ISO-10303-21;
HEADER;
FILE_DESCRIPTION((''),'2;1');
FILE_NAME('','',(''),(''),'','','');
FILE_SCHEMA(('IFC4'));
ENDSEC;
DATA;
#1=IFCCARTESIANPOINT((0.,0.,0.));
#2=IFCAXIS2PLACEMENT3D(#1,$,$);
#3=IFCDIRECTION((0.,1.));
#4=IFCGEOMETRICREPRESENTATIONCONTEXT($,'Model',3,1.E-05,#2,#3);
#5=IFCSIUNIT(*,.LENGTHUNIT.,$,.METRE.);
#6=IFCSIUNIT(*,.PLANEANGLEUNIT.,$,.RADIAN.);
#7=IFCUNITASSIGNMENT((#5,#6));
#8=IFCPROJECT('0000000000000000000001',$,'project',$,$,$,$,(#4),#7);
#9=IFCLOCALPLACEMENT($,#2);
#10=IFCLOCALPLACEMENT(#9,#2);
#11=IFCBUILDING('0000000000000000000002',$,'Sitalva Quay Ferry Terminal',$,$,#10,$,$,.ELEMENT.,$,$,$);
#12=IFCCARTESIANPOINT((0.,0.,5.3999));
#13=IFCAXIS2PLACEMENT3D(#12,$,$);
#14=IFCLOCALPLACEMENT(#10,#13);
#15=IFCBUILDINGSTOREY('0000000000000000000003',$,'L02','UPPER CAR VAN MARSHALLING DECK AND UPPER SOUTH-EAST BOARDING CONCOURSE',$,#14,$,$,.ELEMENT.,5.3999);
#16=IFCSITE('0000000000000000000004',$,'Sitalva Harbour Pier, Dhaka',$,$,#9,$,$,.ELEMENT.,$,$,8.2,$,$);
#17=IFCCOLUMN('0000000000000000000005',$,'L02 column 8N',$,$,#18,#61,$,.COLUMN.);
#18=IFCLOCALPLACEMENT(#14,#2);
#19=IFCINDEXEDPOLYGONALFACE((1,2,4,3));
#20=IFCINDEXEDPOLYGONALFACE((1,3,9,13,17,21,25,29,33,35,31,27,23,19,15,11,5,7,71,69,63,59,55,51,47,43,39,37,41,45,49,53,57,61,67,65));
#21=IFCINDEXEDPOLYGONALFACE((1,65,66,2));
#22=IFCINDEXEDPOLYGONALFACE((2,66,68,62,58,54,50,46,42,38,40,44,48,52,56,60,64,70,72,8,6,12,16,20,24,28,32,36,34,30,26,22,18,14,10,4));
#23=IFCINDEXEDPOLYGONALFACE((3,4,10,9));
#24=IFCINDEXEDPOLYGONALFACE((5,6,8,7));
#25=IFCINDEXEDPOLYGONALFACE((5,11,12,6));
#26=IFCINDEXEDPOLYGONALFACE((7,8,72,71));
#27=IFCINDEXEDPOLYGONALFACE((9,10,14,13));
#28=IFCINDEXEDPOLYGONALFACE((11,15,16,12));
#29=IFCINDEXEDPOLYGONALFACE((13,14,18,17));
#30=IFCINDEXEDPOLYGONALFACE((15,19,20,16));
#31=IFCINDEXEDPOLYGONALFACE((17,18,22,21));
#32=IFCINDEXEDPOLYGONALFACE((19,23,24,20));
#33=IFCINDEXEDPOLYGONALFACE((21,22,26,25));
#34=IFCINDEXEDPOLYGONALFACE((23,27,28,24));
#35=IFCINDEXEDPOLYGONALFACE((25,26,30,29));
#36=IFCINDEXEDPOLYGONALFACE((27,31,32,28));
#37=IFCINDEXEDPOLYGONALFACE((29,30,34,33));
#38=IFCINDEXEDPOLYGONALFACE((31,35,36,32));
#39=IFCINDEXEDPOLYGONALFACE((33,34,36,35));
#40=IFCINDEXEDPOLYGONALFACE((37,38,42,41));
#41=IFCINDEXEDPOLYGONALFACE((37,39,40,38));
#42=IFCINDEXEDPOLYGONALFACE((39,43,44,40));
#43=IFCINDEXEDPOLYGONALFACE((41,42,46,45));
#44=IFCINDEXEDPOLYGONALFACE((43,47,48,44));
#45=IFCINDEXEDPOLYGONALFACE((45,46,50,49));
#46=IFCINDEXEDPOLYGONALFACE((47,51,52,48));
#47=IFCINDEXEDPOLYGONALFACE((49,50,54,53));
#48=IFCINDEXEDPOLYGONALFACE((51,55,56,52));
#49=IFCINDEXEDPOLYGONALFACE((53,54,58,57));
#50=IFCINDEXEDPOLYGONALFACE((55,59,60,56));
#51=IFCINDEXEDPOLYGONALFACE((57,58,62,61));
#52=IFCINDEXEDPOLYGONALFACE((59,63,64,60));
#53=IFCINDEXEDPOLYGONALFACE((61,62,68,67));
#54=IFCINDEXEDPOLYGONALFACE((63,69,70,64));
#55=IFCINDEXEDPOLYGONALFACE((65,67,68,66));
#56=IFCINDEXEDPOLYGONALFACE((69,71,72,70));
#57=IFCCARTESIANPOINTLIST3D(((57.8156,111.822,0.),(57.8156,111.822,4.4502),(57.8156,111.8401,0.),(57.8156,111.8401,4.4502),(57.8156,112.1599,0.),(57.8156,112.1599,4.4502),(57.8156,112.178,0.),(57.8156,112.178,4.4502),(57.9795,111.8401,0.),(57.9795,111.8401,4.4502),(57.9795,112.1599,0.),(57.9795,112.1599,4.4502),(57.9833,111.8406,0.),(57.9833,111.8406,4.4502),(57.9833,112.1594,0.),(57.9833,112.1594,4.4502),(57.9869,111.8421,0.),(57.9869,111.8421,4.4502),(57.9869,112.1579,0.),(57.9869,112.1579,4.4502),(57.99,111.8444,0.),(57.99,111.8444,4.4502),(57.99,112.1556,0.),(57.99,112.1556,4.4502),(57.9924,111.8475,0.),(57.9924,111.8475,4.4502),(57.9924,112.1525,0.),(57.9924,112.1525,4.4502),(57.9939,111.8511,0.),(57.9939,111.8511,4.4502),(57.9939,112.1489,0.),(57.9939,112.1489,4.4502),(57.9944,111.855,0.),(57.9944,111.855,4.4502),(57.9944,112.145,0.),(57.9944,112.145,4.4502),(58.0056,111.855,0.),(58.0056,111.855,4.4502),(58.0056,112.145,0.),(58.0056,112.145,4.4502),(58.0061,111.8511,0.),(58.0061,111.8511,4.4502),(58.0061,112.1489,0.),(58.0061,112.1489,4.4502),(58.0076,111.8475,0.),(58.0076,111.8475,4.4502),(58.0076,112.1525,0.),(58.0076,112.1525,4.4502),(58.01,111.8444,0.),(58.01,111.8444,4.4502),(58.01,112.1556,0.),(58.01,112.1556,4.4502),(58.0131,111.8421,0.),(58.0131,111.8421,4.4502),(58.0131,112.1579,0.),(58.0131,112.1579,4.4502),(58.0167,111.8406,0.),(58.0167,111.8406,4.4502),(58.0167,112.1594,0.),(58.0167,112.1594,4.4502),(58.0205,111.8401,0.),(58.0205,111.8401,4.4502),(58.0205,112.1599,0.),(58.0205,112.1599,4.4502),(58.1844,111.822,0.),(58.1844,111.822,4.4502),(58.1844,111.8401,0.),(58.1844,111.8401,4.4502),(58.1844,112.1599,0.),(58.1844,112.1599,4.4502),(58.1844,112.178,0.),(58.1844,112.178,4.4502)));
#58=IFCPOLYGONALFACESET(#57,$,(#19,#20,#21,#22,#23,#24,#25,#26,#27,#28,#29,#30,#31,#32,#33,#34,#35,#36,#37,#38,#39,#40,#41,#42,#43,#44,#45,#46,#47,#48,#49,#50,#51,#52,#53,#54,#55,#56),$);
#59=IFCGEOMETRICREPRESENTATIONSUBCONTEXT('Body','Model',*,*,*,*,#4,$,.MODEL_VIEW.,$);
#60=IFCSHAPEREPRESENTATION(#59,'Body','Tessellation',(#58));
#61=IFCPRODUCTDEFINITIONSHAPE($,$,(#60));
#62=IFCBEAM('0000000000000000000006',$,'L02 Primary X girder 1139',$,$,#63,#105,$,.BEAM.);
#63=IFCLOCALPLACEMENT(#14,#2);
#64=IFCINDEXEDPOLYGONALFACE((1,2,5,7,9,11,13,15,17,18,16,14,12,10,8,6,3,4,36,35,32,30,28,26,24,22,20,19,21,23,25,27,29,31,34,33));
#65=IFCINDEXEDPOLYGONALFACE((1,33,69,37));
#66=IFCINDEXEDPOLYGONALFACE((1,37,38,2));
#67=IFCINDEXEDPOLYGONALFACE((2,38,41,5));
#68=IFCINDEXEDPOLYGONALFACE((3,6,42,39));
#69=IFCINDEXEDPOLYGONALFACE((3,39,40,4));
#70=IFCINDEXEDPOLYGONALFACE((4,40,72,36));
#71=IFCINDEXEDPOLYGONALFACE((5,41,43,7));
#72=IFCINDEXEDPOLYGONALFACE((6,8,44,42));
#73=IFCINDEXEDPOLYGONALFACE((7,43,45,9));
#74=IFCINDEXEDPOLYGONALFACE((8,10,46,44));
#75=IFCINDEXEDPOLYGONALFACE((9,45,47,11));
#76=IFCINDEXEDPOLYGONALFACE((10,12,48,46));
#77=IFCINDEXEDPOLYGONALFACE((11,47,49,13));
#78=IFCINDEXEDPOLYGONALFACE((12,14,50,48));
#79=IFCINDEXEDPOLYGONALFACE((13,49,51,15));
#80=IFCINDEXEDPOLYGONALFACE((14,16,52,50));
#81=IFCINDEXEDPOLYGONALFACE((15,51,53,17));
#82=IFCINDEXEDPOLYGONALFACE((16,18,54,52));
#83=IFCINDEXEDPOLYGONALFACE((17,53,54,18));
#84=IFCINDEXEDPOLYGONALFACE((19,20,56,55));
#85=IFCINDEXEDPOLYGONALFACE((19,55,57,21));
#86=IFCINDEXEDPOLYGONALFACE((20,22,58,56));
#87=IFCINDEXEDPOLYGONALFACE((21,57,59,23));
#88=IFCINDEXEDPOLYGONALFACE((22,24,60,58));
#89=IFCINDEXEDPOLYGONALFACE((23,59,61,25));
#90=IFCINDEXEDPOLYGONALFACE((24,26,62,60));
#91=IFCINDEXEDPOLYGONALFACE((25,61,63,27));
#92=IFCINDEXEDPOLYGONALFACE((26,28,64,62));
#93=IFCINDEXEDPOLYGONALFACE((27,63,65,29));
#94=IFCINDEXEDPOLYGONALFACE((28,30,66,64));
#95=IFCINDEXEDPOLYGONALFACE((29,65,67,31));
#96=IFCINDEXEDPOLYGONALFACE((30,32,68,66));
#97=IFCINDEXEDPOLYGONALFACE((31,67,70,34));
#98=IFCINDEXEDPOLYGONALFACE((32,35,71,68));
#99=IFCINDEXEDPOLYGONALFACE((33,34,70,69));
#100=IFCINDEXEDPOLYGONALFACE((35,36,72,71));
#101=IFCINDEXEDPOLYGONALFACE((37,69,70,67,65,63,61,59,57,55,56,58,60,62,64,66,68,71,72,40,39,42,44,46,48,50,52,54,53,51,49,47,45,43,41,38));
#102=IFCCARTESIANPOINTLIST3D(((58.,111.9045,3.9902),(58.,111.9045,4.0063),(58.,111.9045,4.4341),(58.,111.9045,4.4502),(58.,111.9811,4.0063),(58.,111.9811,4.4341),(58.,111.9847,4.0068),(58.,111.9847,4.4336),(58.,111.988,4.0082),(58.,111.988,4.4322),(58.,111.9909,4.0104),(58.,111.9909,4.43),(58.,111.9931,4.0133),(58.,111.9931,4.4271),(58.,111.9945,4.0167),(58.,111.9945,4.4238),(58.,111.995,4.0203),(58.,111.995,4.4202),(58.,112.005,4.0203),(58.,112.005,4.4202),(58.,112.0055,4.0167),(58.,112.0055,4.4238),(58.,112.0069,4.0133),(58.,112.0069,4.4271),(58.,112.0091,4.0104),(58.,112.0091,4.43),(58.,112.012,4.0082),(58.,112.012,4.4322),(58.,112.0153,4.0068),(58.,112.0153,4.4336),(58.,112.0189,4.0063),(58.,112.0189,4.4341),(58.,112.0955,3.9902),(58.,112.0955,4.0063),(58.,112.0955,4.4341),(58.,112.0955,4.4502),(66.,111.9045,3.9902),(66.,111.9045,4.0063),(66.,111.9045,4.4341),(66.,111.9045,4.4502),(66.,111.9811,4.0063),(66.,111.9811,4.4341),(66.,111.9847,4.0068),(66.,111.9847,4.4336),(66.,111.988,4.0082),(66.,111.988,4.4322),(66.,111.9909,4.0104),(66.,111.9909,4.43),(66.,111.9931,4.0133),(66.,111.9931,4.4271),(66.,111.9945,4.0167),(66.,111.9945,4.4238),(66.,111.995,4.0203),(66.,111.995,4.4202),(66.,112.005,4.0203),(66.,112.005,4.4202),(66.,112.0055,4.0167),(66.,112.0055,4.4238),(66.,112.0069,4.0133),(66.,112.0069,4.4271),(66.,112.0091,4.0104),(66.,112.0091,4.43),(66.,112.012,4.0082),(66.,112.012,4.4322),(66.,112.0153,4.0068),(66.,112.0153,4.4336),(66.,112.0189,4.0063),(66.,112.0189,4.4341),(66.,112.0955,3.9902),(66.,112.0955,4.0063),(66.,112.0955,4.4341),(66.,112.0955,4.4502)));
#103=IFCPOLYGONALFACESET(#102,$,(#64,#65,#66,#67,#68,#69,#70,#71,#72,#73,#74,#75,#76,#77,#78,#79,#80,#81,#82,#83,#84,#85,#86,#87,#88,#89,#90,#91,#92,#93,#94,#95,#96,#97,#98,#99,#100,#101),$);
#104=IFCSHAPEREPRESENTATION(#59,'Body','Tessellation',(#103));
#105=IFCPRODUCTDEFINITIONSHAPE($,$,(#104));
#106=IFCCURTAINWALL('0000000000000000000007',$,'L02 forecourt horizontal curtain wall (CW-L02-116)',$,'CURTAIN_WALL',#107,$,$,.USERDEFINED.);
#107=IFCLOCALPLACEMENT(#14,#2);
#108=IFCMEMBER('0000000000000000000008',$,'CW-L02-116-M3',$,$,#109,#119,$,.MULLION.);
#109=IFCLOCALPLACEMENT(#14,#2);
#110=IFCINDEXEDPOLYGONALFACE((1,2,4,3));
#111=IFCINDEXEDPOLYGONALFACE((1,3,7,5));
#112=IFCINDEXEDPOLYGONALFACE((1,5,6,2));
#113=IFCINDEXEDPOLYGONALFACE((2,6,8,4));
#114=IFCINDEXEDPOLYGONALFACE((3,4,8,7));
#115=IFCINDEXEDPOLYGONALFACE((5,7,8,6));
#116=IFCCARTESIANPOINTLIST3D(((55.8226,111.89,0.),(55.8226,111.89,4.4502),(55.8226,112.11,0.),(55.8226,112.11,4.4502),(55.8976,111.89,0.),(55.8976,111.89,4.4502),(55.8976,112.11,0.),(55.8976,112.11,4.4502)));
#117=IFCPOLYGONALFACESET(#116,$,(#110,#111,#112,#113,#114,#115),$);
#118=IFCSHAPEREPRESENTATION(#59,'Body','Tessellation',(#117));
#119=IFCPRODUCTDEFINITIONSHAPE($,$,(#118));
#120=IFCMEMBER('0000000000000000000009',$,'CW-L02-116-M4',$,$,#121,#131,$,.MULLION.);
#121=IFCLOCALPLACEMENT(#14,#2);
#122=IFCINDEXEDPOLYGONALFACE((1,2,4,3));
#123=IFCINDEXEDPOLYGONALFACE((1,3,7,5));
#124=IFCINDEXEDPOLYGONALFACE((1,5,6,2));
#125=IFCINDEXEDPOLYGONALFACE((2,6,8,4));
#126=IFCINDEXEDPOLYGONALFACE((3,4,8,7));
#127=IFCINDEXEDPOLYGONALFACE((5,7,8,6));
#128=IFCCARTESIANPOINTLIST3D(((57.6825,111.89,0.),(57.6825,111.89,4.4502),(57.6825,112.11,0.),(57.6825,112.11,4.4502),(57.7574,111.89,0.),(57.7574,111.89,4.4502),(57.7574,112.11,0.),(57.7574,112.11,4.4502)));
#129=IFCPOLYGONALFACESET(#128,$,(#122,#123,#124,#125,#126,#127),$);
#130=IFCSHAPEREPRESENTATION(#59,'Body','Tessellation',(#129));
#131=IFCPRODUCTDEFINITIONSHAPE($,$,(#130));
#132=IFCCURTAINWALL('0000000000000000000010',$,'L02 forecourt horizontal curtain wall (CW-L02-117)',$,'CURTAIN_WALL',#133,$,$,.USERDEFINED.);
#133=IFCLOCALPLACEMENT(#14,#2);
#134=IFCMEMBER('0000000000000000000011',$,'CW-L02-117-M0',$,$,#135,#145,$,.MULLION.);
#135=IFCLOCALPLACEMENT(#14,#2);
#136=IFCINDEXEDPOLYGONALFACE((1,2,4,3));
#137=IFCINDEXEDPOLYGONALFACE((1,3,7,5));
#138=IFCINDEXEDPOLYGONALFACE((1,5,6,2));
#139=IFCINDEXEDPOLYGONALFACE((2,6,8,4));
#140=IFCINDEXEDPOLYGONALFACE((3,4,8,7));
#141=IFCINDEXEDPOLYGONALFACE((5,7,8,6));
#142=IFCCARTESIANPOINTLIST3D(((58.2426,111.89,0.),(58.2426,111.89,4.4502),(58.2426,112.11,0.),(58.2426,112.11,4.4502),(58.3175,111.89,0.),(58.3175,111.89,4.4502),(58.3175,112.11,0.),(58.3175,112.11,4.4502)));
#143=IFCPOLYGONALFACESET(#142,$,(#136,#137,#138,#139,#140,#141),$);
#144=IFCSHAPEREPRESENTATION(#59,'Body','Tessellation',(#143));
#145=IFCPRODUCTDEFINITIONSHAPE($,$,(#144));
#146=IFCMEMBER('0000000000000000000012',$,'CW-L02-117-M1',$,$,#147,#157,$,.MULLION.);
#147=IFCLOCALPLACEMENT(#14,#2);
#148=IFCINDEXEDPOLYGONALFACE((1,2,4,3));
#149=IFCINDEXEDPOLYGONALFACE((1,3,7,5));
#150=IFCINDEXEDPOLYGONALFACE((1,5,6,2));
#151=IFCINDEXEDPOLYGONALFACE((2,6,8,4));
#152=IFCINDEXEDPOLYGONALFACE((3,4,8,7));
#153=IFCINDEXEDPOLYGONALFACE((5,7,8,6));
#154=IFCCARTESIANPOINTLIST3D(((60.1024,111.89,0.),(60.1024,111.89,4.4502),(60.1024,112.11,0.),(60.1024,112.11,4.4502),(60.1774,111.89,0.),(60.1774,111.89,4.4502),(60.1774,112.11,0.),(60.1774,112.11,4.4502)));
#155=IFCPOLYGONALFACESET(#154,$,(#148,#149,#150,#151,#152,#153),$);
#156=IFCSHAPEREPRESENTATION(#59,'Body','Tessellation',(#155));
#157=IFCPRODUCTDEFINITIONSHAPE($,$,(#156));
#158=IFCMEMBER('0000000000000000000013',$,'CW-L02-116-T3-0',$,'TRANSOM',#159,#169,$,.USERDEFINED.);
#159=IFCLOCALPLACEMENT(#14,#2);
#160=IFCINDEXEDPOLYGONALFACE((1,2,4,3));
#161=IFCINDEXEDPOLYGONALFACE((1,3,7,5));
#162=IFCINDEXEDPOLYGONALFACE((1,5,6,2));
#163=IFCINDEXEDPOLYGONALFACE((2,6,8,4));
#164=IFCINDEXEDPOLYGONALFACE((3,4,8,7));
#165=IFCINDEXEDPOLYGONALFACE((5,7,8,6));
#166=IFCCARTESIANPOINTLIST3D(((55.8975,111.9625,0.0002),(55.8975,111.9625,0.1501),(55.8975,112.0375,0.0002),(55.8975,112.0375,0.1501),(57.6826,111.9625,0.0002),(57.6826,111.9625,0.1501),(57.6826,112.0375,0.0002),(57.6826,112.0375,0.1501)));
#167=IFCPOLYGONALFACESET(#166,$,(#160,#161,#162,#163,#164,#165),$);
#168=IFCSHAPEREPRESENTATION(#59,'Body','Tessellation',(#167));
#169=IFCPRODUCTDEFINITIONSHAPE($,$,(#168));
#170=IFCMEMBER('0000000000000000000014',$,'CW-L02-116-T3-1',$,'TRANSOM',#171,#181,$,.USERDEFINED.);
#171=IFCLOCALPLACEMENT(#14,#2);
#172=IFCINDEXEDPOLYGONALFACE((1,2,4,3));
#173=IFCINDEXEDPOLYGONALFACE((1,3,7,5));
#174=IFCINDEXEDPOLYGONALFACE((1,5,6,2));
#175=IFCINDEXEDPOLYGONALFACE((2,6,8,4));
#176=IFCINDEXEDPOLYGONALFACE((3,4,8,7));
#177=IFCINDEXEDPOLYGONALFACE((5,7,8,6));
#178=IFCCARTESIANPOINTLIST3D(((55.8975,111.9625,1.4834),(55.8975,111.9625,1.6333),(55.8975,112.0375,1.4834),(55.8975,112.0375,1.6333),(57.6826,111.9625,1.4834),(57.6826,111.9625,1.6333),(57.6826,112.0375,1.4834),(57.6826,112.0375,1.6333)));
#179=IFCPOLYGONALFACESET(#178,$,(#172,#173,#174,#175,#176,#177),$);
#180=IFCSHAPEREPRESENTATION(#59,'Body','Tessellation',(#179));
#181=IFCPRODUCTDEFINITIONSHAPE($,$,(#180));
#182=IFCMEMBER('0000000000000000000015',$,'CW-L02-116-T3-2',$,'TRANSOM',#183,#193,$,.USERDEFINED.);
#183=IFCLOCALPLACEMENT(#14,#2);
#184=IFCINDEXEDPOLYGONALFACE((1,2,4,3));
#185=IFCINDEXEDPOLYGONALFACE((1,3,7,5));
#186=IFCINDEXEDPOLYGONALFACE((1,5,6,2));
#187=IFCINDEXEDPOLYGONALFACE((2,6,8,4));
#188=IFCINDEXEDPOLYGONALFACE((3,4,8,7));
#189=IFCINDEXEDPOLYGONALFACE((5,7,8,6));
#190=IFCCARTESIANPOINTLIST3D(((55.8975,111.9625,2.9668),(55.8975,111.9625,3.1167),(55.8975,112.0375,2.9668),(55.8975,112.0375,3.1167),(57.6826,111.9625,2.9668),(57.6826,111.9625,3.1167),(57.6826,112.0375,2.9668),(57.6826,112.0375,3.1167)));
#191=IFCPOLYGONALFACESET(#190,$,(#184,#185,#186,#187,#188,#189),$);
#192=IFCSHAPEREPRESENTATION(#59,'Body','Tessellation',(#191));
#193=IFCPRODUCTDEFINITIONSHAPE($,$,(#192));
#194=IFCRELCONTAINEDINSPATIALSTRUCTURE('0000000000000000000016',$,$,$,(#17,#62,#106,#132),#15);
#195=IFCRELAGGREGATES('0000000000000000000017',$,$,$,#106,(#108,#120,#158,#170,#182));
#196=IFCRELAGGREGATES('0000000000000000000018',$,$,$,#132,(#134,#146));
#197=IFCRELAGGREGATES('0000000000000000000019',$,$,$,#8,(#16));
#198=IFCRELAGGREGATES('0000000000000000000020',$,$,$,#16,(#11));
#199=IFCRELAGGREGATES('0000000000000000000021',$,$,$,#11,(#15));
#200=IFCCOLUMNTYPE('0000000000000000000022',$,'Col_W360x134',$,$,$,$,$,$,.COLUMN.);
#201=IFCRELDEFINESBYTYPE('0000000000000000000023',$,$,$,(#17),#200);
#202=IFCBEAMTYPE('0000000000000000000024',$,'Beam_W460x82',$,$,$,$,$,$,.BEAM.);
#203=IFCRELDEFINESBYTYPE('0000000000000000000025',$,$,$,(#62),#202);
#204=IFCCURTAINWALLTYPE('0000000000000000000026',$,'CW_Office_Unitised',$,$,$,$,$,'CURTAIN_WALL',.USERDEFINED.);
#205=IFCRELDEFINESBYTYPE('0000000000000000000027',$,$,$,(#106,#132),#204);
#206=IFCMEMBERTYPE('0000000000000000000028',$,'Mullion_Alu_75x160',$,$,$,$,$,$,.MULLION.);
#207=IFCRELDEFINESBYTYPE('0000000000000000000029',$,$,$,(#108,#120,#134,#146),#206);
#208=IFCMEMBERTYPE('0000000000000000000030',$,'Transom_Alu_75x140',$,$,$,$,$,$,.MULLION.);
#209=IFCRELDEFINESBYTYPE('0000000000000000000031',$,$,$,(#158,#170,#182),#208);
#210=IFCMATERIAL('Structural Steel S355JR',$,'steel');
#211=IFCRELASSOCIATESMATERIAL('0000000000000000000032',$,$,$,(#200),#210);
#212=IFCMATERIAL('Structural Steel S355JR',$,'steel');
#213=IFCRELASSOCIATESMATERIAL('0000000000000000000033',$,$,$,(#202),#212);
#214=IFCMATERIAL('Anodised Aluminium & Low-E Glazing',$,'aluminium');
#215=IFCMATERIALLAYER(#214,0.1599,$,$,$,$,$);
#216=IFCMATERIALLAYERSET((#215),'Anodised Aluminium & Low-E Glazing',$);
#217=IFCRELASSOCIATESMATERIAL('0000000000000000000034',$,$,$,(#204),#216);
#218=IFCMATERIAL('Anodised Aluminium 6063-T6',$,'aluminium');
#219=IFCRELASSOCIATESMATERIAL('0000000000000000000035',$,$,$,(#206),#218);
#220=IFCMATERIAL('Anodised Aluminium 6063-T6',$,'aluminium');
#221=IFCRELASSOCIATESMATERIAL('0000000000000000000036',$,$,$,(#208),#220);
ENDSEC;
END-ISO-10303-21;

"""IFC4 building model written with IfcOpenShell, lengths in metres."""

from ifc_helpers import new_model, si_unit, direction, frame, origin, origin_2d, place, context, subcontext, project, spatial, rectangle, i_section, extrude, material, layer, layer_set, material_profile, profile_set, type_object, element, aggregate, save


model = new_model("IFC4")

# Units and contexts
model_context = context("Model", 3, precision=1e-05, world=origin(), true_north=direction((0.0, 1.0)))
body_context = subcontext(model_context, "Body", "Model", "MODEL_VIEW")
ifc_project = project(units=[si_unit("LENGTHUNIT", "METRE"), si_unit("PLANEANGLEUNIT", "RADIAN")], contexts=[model_context])

# Site, building, storey
site_placement = place(None, origin())
site = spatial("IfcSite", under=ifc_project, at=site_placement, Name="Sitalva Harbour Pier, Dhaka", CompositionType="ELEMENT", RefElevation=8.2)
building_placement = place(site_placement, origin())
building = spatial("IfcBuilding", under=site, at=building_placement, Name="Sitalva Quay Ferry Terminal", CompositionType="ELEMENT")
storey_placement = place(building_placement, frame((0.0, 0.0, 5.3999)))
storey = spatial("IfcBuildingStorey", under=building, at=storey_placement, Name="L02", Description="UPPER CAR VAN MARSHALLING DECK AND UPPER SOUTH-EAST BOARDING CONCOURSE", CompositionType="ELEMENT", Elevation=5.3999)

# Column
ifc_material_1 = material(Name="Structural Steel S355JR", Category="steel")
ifc_material_profile_1 = material_profile(ifc_material_1, i_section(OverallWidth=0.3689, OverallDepth=0.356, WebThickness=0.0112, FlangeThickness=0.0181, FilletRadius=0.0149, at=origin_2d()), Name="W360x134")
ifc_profile_set_1 = profile_set([ifc_material_profile_1], Name="Structural Steel S355JR")
column_type = type_object("IfcColumnType", Name="Col_W360x134", PredefinedType="COLUMN", material=ifc_profile_set_1)
column_placement = place(storey_placement, frame((58.0, 112.0, 0.0), z_axis=(0.0, 0.0, 1.0), x_axis=(1.0, 0.0, 0.0)))
element("IfcColumn", 1, at=column_placement, inside=storey, type_object=column_type, Name="L02 column 8N", PredefinedType="COLUMN", context=body_context, shape_type="SweptSolid", body=[
    extrude(i_section(OverallWidth=0.3689, OverallDepth=0.356, WebThickness=0.0112, FlangeThickness=0.0181, FilletRadius=0.0149, at=origin_2d()), origin(), (0.0, 0.0, 1.0), 4.4502),
])

# Beam
ifc_material_2 = material(Name="Structural Steel S355JR", Category="steel")
ifc_material_profile_2 = material_profile(ifc_material_2, i_section(OverallWidth=0.1909, OverallDepth=0.46, WebThickness=0.01, FlangeThickness=0.0161, FilletRadius=0.0139, at=origin_2d()), Name="W460x82")
ifc_profile_set_2 = profile_set([ifc_material_profile_2], Name="Structural Steel S355JR")
beam_type = type_object("IfcBeamType", Name="Beam_W460x82", PredefinedType="BEAM", material=ifc_profile_set_2)
beam_placement = place(storey_placement, frame((58.0, 112.0, 4.2202), z_axis=(1.0, 0.0, 0.0), x_axis=(0.0, 1.0, 0.0)))
element("IfcBeam", 2, at=beam_placement, inside=storey, type_object=beam_type, Name="L02 Primary X girder 1139", PredefinedType="BEAM", context=body_context, shape_type="SweptSolid", body=[
    extrude(i_section(OverallWidth=0.1909, OverallDepth=0.46, WebThickness=0.01, FlangeThickness=0.0161, FilletRadius=0.0139, at=origin_2d()), origin(), (0.0, 0.0, 1.0), 8.0),
])

# Curtain walls, members
ifc_material_3 = material(Name="Anodised Aluminium & Low-E Glazing", Category="aluminium")
ifc_layer_1 = layer(ifc_material_3, 0.1599)
ifc_layer_set_1 = layer_set([ifc_layer_1], Name="Anodised Aluminium & Low-E Glazing")
curtain_wall_type = type_object("IfcCurtainWallType", Name="CW_Office_Unitised", ElementType="CURTAIN_WALL", PredefinedType="USERDEFINED", material=ifc_layer_set_1)
curtain_wall_1_placement = place(storey_placement, origin())
curtain_wall_1 = element("IfcCurtainWall", 3, at=curtain_wall_1_placement, inside=storey, type_object=curtain_wall_type, Name="L02 forecourt horizontal curtain wall (CW-L02-116)", ObjectType="CURTAIN_WALL", PredefinedType="USERDEFINED")
ifc_material_4 = material(Name="Anodised Aluminium 6063-T6", Category="aluminium")
ifc_material_profile_3 = material_profile(ifc_material_4, rectangle(XDim=0.075, YDim=0.22, at=origin_2d()), Name="ALU75x220")
ifc_profile_set_3 = profile_set([ifc_material_profile_3], Name="Anodised Aluminium 6063-T6")
member_type_1 = type_object("IfcMemberType", Name="Mullion_Alu_75x160", PredefinedType="MULLION", material=ifc_profile_set_3)
member_1_placement = place(storey_placement, frame((55.8601, 112.0, 0.0), z_axis=(0.0, 0.0, 1.0), x_axis=(1.0, 0.0, 0.0)))
member_1 = element("IfcMember", 4, at=member_1_placement, type_object=member_type_1, Name="CW-L02-116-M3", PredefinedType="MULLION", context=body_context, shape_type="SweptSolid", body=[
    extrude(rectangle(XDim=0.075, YDim=0.22, at=origin_2d()), origin(), (0.0, 0.0, 1.0), 4.4502),
])
member_2_placement = place(storey_placement, frame((57.72, 112.0, 0.0), z_axis=(0.0, 0.0, 1.0), x_axis=(1.0, 0.0, 0.0)))
member_2 = element("IfcMember", 5, at=member_2_placement, type_object=member_type_1, Name="CW-L02-116-M4", PredefinedType="MULLION", context=body_context, shape_type="SweptSolid", body=[
    extrude(rectangle(XDim=0.075, YDim=0.22, at=origin_2d()), origin(), (0.0, 0.0, 1.0), 4.4502),
])
curtain_wall_2_placement = place(storey_placement, origin())
curtain_wall_2 = element("IfcCurtainWall", 6, at=curtain_wall_2_placement, inside=storey, type_object=curtain_wall_type, Name="L02 forecourt horizontal curtain wall (CW-L02-117)", ObjectType="CURTAIN_WALL", PredefinedType="USERDEFINED")
member_3_placement = place(storey_placement, frame((58.28, 112.0, 0.0), z_axis=(0.0, 0.0, 1.0), x_axis=(1.0, 0.0, 0.0)))
member_3 = element("IfcMember", 7, at=member_3_placement, type_object=member_type_1, Name="CW-L02-117-M0", PredefinedType="MULLION", context=body_context, shape_type="SweptSolid", body=[
    extrude(rectangle(XDim=0.075, YDim=0.22, at=origin_2d()), origin(), (0.0, 0.0, 1.0), 4.4502),
])
member_4_placement = place(storey_placement, frame((60.1399, 112.0, 0.0), z_axis=(0.0, 0.0, 1.0), x_axis=(1.0, 0.0, 0.0)))
member_4 = element("IfcMember", 8, at=member_4_placement, type_object=member_type_1, Name="CW-L02-117-M1", PredefinedType="MULLION", context=body_context, shape_type="SweptSolid", body=[
    extrude(rectangle(XDim=0.075, YDim=0.22, at=origin_2d()), origin(), (0.0, 0.0, 1.0), 4.4502),
])

# Members
ifc_material_5 = material(Name="Anodised Aluminium 6063-T6", Category="aluminium")
ifc_material_profile_4 = material_profile(ifc_material_5, rectangle(XDim=0.075, YDim=0.1499, at=origin_2d()), Name="ALU75x150")
ifc_profile_set_4 = profile_set([ifc_material_profile_4], Name="Anodised Aluminium 6063-T6")
member_type_2 = type_object("IfcMemberType", Name="Transom_Alu_75x140", PredefinedType="MULLION", material=ifc_profile_set_4)
member_5_placement = place(storey_placement, frame((55.8975, 112.0, 0.0752), z_axis=(1.0, 0.0, 0.0), x_axis=(0.0, 1.0, 0.0)))
member_5 = element("IfcMember", 9, at=member_5_placement, type_object=member_type_2, Name="CW-L02-116-T3-0", ObjectType="TRANSOM", PredefinedType="USERDEFINED", context=body_context, shape_type="SweptSolid", body=[
    extrude(rectangle(XDim=0.075, YDim=0.1499, at=origin_2d()), origin(), (0.0, 0.0, 1.0), 1.7852),
])
member_6_placement = place(storey_placement, frame((55.8975, 112.0, 1.5583), z_axis=(1.0, 0.0, 0.0), x_axis=(0.0, 1.0, 0.0)))
member_6 = element("IfcMember", 10, at=member_6_placement, type_object=member_type_2, Name="CW-L02-116-T3-1", ObjectType="TRANSOM", PredefinedType="USERDEFINED", context=body_context, shape_type="SweptSolid", body=[
    extrude(rectangle(XDim=0.075, YDim=0.1499, at=origin_2d()), origin(), (0.0, 0.0, 1.0), 1.7852),
])
member_7_placement = place(storey_placement, frame((55.8975, 112.0, 3.0417), z_axis=(1.0, 0.0, 0.0), x_axis=(0.0, 1.0, 0.0)))
member_7 = element("IfcMember", 11, at=member_7_placement, type_object=member_type_2, Name="CW-L02-116-T3-2", ObjectType="TRANSOM", PredefinedType="USERDEFINED", context=body_context, shape_type="SweptSolid", body=[
    extrude(rectangle(XDim=0.075, YDim=0.1499, at=origin_2d()), origin(), (0.0, 0.0, 1.0), 1.7852),
])

aggregate(curtain_wall_1, [member_1, member_2, member_5, member_6, member_7])
aggregate(curtain_wall_2, [member_3, member_4])

save(model, "model.ifc")
